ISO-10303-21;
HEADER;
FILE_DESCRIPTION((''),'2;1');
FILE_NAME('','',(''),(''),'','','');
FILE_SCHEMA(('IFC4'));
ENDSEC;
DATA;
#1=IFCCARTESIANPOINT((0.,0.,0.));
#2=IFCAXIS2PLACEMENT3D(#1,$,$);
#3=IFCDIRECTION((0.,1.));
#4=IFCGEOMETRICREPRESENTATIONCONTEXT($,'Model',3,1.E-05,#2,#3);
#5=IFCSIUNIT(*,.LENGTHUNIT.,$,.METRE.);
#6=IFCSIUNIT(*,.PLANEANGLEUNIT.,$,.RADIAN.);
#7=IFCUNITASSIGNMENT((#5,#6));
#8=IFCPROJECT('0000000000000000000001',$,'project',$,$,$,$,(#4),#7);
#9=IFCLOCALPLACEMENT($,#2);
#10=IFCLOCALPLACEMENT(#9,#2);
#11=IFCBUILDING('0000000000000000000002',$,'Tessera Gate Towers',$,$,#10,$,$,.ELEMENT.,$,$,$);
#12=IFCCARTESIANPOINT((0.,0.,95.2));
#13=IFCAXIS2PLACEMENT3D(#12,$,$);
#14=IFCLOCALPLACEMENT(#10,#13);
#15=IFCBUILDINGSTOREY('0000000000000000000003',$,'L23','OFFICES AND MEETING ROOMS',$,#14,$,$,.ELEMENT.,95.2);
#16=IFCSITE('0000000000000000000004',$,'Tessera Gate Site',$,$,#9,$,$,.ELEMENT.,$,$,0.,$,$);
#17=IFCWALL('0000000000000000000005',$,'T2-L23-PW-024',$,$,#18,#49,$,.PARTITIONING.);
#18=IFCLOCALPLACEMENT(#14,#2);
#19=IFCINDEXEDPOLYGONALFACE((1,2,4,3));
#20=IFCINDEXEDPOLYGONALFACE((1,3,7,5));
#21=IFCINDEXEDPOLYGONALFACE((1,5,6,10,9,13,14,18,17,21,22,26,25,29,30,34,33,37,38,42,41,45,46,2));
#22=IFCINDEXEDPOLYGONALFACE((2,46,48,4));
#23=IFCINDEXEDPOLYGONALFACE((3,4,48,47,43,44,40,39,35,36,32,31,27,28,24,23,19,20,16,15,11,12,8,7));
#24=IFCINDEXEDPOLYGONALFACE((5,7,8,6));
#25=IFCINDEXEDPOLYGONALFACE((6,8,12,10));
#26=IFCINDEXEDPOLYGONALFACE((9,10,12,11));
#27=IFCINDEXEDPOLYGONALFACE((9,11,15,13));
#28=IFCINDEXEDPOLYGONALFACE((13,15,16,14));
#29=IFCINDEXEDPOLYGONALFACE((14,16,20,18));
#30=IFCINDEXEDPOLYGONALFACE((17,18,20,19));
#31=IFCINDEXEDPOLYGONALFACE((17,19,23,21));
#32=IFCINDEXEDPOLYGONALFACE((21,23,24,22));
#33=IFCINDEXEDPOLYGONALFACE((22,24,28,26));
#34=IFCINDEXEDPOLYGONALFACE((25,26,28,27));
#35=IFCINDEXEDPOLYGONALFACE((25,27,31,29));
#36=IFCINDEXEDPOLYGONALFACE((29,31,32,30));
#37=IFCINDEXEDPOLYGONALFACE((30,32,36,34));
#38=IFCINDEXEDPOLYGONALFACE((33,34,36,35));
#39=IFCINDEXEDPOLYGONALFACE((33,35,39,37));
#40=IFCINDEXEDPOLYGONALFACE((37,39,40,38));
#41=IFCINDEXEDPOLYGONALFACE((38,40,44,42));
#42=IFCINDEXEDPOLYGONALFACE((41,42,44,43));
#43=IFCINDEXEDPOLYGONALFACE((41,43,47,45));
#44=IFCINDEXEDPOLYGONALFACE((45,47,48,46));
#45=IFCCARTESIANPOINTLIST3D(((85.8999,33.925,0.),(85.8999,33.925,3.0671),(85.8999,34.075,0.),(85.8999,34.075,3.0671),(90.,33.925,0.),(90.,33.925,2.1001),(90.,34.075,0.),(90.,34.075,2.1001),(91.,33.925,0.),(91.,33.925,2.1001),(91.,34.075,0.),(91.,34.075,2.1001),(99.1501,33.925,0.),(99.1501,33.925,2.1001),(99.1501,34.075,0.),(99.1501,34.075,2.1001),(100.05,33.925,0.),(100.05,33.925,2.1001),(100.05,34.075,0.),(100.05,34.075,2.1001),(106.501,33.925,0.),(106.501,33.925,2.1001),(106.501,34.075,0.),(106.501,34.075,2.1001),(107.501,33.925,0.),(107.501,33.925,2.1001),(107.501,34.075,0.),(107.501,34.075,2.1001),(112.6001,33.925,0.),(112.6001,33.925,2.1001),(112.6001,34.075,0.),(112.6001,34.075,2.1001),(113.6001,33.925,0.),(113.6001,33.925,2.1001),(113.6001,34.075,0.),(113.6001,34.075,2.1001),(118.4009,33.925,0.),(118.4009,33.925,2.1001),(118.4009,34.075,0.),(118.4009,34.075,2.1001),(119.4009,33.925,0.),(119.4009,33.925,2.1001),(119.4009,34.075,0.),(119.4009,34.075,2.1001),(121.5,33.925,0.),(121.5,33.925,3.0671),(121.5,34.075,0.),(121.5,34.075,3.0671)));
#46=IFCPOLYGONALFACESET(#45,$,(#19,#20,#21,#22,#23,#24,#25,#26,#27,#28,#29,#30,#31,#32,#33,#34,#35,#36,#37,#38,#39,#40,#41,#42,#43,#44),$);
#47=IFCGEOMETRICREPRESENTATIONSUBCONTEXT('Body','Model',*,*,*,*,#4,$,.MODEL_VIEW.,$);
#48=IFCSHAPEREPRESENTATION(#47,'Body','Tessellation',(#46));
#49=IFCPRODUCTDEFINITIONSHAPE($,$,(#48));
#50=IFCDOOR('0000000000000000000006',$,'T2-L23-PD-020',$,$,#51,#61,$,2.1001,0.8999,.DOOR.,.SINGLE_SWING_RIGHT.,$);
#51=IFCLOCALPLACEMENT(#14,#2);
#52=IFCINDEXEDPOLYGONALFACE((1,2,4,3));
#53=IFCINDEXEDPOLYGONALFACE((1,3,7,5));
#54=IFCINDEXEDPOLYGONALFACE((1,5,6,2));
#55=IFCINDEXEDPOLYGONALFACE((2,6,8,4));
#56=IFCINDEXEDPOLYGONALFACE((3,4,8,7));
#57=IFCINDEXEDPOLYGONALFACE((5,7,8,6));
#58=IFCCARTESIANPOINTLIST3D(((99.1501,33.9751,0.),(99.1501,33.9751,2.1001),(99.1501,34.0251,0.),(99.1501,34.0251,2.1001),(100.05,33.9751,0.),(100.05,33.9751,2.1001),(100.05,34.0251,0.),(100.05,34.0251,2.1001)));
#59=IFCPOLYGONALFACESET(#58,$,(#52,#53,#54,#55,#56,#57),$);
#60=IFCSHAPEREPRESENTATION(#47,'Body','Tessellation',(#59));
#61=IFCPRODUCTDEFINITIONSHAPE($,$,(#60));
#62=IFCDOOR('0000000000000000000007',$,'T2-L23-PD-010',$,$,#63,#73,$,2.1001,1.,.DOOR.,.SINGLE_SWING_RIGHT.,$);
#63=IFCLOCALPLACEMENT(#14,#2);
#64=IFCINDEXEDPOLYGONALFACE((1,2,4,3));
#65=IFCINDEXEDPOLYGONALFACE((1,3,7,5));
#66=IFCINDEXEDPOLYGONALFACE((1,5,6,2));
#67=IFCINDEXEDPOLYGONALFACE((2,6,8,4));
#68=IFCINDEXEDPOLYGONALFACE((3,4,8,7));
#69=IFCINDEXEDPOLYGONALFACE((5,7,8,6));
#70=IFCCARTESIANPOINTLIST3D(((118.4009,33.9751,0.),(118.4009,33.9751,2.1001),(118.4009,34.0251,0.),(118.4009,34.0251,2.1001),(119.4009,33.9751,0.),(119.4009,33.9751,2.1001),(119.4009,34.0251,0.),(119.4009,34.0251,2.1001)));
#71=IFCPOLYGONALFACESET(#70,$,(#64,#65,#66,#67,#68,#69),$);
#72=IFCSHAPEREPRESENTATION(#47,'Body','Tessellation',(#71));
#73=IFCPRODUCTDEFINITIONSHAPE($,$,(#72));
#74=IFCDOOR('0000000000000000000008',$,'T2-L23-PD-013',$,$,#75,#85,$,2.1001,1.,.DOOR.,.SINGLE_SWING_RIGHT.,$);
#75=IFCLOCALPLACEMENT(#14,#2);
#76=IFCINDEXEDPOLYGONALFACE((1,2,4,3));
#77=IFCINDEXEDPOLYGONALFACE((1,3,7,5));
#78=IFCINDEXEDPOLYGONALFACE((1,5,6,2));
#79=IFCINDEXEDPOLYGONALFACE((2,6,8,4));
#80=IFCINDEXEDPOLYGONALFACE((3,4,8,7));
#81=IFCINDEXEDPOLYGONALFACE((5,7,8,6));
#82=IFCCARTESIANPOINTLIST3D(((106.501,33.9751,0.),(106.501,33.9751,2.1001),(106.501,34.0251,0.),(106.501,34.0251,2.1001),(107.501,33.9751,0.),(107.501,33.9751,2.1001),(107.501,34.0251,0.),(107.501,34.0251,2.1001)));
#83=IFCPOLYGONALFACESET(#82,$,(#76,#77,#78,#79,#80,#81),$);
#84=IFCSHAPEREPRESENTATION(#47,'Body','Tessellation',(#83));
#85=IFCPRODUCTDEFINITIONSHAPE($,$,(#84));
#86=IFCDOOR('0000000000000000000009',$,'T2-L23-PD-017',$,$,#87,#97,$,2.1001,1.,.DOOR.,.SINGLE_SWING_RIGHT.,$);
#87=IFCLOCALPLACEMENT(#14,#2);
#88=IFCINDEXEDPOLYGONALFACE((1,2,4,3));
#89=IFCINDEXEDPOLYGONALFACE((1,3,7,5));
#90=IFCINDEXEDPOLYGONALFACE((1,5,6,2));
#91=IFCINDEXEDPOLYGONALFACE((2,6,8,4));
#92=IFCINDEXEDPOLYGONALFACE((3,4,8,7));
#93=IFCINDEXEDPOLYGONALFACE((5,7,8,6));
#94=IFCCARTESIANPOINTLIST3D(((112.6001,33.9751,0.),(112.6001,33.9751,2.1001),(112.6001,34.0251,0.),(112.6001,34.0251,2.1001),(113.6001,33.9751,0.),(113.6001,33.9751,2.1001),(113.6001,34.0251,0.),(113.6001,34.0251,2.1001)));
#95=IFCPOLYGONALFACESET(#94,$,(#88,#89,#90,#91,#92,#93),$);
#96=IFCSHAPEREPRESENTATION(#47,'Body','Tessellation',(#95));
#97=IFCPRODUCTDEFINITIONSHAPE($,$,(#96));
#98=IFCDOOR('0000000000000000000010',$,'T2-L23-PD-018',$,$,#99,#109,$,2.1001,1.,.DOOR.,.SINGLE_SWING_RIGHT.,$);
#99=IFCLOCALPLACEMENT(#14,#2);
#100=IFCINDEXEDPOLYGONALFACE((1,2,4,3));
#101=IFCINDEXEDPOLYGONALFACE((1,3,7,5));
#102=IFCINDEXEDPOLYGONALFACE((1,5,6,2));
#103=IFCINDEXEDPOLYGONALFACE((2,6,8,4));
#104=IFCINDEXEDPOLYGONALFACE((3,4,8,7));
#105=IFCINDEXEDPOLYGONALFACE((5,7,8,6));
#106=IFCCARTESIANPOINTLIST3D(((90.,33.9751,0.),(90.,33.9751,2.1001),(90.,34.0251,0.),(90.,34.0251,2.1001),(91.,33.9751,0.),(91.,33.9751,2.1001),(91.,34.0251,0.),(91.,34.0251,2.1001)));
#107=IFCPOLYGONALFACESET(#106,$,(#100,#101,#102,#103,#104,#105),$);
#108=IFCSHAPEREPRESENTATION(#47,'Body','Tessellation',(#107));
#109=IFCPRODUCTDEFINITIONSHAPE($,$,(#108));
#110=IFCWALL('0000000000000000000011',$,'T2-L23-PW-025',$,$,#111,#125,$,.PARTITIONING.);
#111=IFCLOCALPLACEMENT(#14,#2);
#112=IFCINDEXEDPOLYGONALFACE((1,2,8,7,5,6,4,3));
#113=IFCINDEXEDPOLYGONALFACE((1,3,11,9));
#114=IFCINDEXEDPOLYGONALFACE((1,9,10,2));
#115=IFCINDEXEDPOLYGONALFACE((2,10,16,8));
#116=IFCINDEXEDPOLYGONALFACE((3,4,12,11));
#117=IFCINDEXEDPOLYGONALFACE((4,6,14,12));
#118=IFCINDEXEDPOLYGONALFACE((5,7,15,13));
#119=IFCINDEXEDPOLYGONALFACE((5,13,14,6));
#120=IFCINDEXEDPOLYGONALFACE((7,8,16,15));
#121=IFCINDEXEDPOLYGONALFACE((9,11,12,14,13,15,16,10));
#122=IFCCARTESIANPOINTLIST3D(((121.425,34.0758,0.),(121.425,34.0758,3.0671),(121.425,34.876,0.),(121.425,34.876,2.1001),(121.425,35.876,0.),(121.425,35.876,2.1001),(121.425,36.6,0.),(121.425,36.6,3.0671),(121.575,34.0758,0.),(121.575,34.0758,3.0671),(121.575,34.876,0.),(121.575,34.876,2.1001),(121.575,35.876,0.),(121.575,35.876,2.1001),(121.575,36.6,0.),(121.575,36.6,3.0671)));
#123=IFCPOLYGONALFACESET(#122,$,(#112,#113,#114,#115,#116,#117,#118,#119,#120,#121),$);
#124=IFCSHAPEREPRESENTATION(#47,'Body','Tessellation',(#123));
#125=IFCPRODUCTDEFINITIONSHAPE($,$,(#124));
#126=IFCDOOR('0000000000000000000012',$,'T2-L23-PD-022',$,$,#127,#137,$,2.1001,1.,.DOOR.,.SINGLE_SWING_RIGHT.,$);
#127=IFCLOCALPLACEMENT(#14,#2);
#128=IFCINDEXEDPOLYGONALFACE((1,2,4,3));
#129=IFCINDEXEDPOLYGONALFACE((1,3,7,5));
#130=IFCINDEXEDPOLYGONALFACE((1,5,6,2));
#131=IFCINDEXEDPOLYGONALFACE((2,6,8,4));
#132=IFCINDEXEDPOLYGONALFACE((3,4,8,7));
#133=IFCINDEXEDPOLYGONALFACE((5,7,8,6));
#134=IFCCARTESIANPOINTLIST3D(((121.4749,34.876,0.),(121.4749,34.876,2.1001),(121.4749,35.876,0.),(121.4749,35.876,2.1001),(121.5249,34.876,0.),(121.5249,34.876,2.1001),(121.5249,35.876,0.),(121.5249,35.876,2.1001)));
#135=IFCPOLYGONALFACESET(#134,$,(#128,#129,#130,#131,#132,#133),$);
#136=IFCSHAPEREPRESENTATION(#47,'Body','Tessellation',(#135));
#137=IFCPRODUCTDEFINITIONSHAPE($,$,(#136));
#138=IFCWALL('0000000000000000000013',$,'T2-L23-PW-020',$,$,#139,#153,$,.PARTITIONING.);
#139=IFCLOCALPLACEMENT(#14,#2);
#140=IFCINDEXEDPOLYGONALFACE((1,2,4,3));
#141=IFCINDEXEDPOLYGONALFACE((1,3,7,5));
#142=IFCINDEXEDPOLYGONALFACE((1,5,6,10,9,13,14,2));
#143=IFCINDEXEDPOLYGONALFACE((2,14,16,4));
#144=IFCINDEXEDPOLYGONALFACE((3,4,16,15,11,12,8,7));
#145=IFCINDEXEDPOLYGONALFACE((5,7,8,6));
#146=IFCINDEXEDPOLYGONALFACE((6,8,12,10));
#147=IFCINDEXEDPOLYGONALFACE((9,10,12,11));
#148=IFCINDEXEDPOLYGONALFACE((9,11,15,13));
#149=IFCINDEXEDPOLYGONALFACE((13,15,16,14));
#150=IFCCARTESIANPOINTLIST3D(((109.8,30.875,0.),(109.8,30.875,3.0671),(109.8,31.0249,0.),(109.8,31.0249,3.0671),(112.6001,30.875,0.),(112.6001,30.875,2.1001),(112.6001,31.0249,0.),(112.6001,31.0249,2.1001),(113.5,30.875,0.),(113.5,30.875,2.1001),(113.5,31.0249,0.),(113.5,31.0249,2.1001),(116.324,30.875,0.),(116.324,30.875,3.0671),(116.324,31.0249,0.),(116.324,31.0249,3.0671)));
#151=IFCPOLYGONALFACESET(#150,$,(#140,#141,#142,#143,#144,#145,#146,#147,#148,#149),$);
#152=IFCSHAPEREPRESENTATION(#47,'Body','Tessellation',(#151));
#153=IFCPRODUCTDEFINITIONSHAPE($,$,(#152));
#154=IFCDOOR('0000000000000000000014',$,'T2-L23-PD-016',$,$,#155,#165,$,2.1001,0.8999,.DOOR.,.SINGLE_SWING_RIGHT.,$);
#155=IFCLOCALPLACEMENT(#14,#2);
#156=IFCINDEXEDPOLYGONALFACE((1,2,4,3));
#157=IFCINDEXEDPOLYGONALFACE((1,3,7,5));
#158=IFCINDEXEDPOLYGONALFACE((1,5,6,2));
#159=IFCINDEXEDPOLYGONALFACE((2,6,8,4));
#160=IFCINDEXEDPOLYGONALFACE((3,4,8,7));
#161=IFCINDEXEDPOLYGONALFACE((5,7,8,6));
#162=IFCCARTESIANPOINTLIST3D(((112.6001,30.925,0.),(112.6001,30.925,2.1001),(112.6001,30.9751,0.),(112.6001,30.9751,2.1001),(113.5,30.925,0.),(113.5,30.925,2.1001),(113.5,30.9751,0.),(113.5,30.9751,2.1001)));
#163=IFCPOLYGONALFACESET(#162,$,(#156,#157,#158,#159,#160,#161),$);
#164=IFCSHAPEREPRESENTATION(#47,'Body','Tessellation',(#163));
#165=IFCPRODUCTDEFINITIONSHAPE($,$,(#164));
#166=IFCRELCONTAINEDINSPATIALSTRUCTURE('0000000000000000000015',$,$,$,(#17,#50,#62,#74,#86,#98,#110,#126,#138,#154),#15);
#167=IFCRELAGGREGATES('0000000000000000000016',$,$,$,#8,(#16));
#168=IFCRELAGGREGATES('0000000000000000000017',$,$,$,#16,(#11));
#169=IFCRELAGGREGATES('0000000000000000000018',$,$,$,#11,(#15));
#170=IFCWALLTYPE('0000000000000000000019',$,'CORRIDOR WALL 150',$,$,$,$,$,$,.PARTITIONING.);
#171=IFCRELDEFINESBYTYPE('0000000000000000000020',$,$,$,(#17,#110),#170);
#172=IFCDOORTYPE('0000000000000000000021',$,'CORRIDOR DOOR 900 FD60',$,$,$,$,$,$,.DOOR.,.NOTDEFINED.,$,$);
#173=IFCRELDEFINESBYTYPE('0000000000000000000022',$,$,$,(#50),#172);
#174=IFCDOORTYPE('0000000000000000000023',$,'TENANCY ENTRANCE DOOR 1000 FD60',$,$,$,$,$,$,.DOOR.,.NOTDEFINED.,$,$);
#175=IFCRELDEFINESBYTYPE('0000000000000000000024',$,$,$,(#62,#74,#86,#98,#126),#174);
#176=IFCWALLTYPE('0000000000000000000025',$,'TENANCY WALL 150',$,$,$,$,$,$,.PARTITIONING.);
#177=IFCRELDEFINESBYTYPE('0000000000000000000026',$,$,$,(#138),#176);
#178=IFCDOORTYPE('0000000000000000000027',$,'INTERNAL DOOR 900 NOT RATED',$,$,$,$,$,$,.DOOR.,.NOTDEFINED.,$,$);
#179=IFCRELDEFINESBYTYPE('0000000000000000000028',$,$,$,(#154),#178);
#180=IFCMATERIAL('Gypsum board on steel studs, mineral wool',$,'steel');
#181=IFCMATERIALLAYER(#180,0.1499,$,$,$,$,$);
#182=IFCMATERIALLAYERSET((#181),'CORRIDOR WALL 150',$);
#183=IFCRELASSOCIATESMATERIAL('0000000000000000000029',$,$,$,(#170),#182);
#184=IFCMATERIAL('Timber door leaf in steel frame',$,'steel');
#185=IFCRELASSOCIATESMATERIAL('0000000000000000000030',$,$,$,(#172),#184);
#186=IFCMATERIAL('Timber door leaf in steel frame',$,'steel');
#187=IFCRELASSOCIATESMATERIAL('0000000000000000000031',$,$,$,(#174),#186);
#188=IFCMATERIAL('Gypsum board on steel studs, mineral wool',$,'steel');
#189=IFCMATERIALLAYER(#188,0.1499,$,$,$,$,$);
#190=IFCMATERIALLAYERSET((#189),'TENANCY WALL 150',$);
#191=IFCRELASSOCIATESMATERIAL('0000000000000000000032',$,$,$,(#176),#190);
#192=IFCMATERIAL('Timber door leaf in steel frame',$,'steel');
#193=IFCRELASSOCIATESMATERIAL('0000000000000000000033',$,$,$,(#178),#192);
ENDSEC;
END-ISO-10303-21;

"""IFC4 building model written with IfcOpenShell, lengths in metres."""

from ifc_helpers import new_model, si_unit, direction, frame, frame_2d, origin, place, context, subcontext, project, spatial, rectangle, extrude, source, transform, mapped, material, layer, layer_set, type_object, element, fill, save


model = new_model("IFC4")

# Units and contexts
model_context = context("Model", 3, precision=1e-05, world=origin(), true_north=direction((0.0, 1.0)))
body_context = subcontext(model_context, "Body", "Model", "MODEL_VIEW")
ifc_project = project(units=[si_unit("LENGTHUNIT", "METRE"), si_unit("PLANEANGLEUNIT", "RADIAN")], contexts=[model_context])

# Site, building, storey
site_placement = place(None, origin())
site = spatial("IfcSite", under=ifc_project, at=site_placement, Name="Tessera Gate Site", CompositionType="ELEMENT", RefElevation=0.0)
building_placement = place(site_placement, origin())
building = spatial("IfcBuilding", under=site, at=building_placement, Name="Tessera Gate Towers", CompositionType="ELEMENT")
storey_placement = place(building_placement, frame((0.0, 0.0, 95.2)))
storey = spatial("IfcBuildingStorey", under=building, at=storey_placement, Name="L23", Description="OFFICES AND MEETING ROOMS", CompositionType="ELEMENT", Elevation=95.2)

# Wall, openings, doors
ifc_material_1 = material(Name="Gypsum board on steel studs, mineral wool", Category="steel")
ifc_layer_1 = layer(ifc_material_1, 0.1499)
ifc_layer_set_1 = layer_set([ifc_layer_1], Name="CORRIDOR WALL 150")
wall_type_1 = type_object("IfcWallType", Name="CORRIDOR WALL 150", PredefinedType="PARTITIONING", material=ifc_layer_set_1)
wall_1_placement = place(storey_placement, frame((121.5, 34.0, 0.0), z_axis=(0.0, 0.0, 1.0), x_axis=(-1.0, 0.0, 0.0)))
wall_1 = element("IfcWall", 1, at=wall_1_placement, inside=storey, type_object=wall_type_1, Name="T2-L23-PW-024", PredefinedType="PARTITIONING", context=body_context, shape_type="SweptSolid", body=[
    extrude(rectangle(XDim=35.6001, YDim=0.1499, at=frame_2d((17.8, 0.0))), origin(), (0.0, 0.0, 1.0), 3.0671),
])
shared_shape_1 = source(origin(), body_context, "Body", "SweptSolid", [
    extrude(rectangle(XDim=1.0, YDim=2.1001, at=frame_2d((0.5, 1.05))), frame((0.0, 0.085, 0.0), z_axis=(0.0, -1.0, 0.0), x_axis=(1.0, 0.0, 0.0)), (0.0, 0.0, 1.0), 0.1699),
])
opening_1_placement = place(wall_1_placement, frame((2.0991, 0.0, 0.0)))
opening_1 = element("IfcOpeningElement", 2, at=opening_1_placement, cuts=wall_1, PredefinedType="OPENING", context=body_context, shape_type="MappedRepresentation", body=[
    mapped(shared_shape_1, transform((0.0, 0.0, 0.0), scale=1.0)),
])
opening_2_placement = place(wall_1_placement, frame((13.999, 0.0, 0.0)))
opening_2 = element("IfcOpeningElement", 3, at=opening_2_placement, cuts=wall_1, PredefinedType="OPENING", context=body_context, shape_type="MappedRepresentation", body=[
    mapped(shared_shape_1, transform((0.0, 0.0, 0.0), scale=1.0)),
])
opening_3_placement = place(wall_1_placement, frame((7.8999, 0.0, 0.0)))
opening_3 = element("IfcOpeningElement", 4, at=opening_3_placement, cuts=wall_1, PredefinedType="OPENING", context=body_context, shape_type="MappedRepresentation", body=[
    mapped(shared_shape_1, transform((0.0, 0.0, 0.0), scale=1.0)),
])
opening_4_placement = place(wall_1_placement, frame((30.5, 0.0, 0.0)))
opening_4 = element("IfcOpeningElement", 5, at=opening_4_placement, cuts=wall_1, PredefinedType="OPENING", context=body_context, shape_type="MappedRepresentation", body=[
    mapped(shared_shape_1, transform((0.0, 0.0, 0.0), scale=1.0)),
])
shared_shape_2 = source(origin(), body_context, "Body", "SweptSolid", [
    extrude(rectangle(XDim=0.8999, YDim=2.1001, at=frame_2d((0.45, 1.05))), frame((0.0, 0.085, 0.0), z_axis=(0.0, -1.0, 0.0), x_axis=(1.0, 0.0, 0.0)), (0.0, 0.0, 1.0), 0.1699),
])
opening_5_placement = place(wall_1_placement, frame((21.45, 0.0, 0.0)))
opening_5 = element("IfcOpeningElement", 6, at=opening_5_placement, cuts=wall_1, PredefinedType="OPENING", context=body_context, shape_type="MappedRepresentation", body=[
    mapped(shared_shape_2, transform((0.0, 0.0, 0.0), scale=1.0)),
])
ifc_material_2 = material(Name="Timber door leaf in steel frame", Category="steel")
door_type_1 = type_object("IfcDoorType", Name="CORRIDOR DOOR 900 FD60", OperationType="NOTDEFINED", PredefinedType="DOOR", material=ifc_material_2)
shared_shape_3 = source(origin(), body_context, "Body", "SweptSolid", [
    extrude(rectangle(XDim=0.8999, YDim=2.1001, at=frame_2d((0.45, 1.05))), frame((0.0, 0.0249, 0.0), z_axis=(0.0, -1.0, 0.0), x_axis=(1.0, 0.0, 0.0)), (0.0, 0.0, 1.0), 0.05),
])
door_1_placement = place(opening_5_placement, origin())
door_1 = element("IfcDoor", 7, at=door_1_placement, inside=storey, type_object=door_type_1, Name="T2-L23-PD-020", OperationType="SINGLE_SWING_RIGHT", OverallHeight=2.1001, OverallWidth=0.8999, PredefinedType="DOOR", context=body_context, shape_type="MappedRepresentation", body=[
    mapped(shared_shape_3, transform((0.0, 0.0, 0.0), scale=1.0)),
])
fill(opening_5, door_1)
ifc_material_3 = material(Name="Timber door leaf in steel frame", Category="steel")
door_type_2 = type_object("IfcDoorType", Name="TENANCY ENTRANCE DOOR 1000 FD60", OperationType="NOTDEFINED", PredefinedType="DOOR", material=ifc_material_3)
shared_shape_4 = source(origin(), body_context, "Body", "SweptSolid", [
    extrude(rectangle(XDim=1.0, YDim=2.1001, at=frame_2d((0.5, 1.05))), frame((0.0, 0.0249, 0.0), z_axis=(0.0, -1.0, 0.0), x_axis=(1.0, 0.0, 0.0)), (0.0, 0.0, 1.0), 0.05),
])
door_2_placement = place(opening_1_placement, origin())
door_2 = element("IfcDoor", 8, at=door_2_placement, inside=storey, type_object=door_type_2, Name="T2-L23-PD-010", OperationType="SINGLE_SWING_RIGHT", OverallHeight=2.1001, OverallWidth=1.0, PredefinedType="DOOR", context=body_context, shape_type="MappedRepresentation", body=[
    mapped(shared_shape_4, transform((0.0, 0.0, 0.0), scale=1.0)),
])
fill(opening_1, door_2)
door_3_placement = place(opening_2_placement, origin())
door_3 = element("IfcDoor", 9, at=door_3_placement, inside=storey, type_object=door_type_2, Name="T2-L23-PD-013", OperationType="SINGLE_SWING_RIGHT", OverallHeight=2.1001, OverallWidth=1.0, PredefinedType="DOOR", context=body_context, shape_type="MappedRepresentation", body=[
    mapped(shared_shape_4, transform((0.0, 0.0, 0.0), scale=1.0)),
])
fill(opening_2, door_3)
door_4_placement = place(opening_3_placement, origin())
door_4 = element("IfcDoor", 10, at=door_4_placement, inside=storey, type_object=door_type_2, Name="T2-L23-PD-017", OperationType="SINGLE_SWING_RIGHT", OverallHeight=2.1001, OverallWidth=1.0, PredefinedType="DOOR", context=body_context, shape_type="MappedRepresentation", body=[
    mapped(shared_shape_4, transform((0.0, 0.0, 0.0), scale=1.0)),
])
fill(opening_3, door_4)
door_5_placement = place(opening_4_placement, origin())
door_5 = element("IfcDoor", 11, at=door_5_placement, inside=storey, type_object=door_type_2, Name="T2-L23-PD-018", OperationType="SINGLE_SWING_RIGHT", OverallHeight=2.1001, OverallWidth=1.0, PredefinedType="DOOR", context=body_context, shape_type="MappedRepresentation", body=[
    mapped(shared_shape_4, transform((0.0, 0.0, 0.0), scale=1.0)),
])
fill(opening_4, door_5)

# Walls, openings, doors
wall_2_placement = place(storey_placement, frame((121.5, 36.6001, 0.0), z_axis=(0.0, 0.0, 1.0), x_axis=(0.0, -1.0, 0.0)))
wall_2 = element("IfcWall", 12, at=wall_2_placement, inside=storey, type_object=wall_type_1, Name="T2-L23-PW-025", PredefinedType="PARTITIONING", context=body_context, shape_type="SweptSolid", body=[
    extrude(rectangle(XDim=2.5242, YDim=0.1499, at=frame_2d((1.2622, 0.0))), origin(), (0.0, 0.0, 1.0), 3.0671),
])
opening_6_placement = place(wall_2_placement, frame((0.7241, 0.0, 0.0)))
opening_6 = element("IfcOpeningElement", 13, at=opening_6_placement, cuts=wall_2, PredefinedType="OPENING", context=body_context, shape_type="MappedRepresentation", body=[
    mapped(shared_shape_1, transform((0.0, 0.0, 0.0), scale=1.0)),
])
door_6_placement = place(opening_6_placement, origin())
door_6 = element("IfcDoor", 14, at=door_6_placement, inside=storey, type_object=door_type_2, Name="T2-L23-PD-022", OperationType="SINGLE_SWING_RIGHT", OverallHeight=2.1001, OverallWidth=1.0, PredefinedType="DOOR", context=body_context, shape_type="MappedRepresentation", body=[
    mapped(shared_shape_4, transform((0.0, 0.0, 0.0), scale=1.0)),
])
fill(opening_6, door_6)
ifc_material_4 = material(Name="Gypsum board on steel studs, mineral wool", Category="steel")
ifc_layer_2 = layer(ifc_material_4, 0.1499)
ifc_layer_set_2 = layer_set([ifc_layer_2], Name="TENANCY WALL 150")
wall_type_2 = type_object("IfcWallType", Name="TENANCY WALL 150", PredefinedType="PARTITIONING", material=ifc_layer_set_2)
wall_3_placement = place(storey_placement, frame((116.324, 30.95, 0.0), z_axis=(0.0, 0.0, 1.0), x_axis=(-1.0, 0.0, 0.0)))
wall_3 = element("IfcWall", 15, at=wall_3_placement, inside=storey, type_object=wall_type_2, Name="T2-L23-PW-020", PredefinedType="PARTITIONING", context=body_context, shape_type="SweptSolid", body=[
    extrude(rectangle(XDim=6.5239, YDim=0.1499, at=frame_2d((3.262, 0.0))), origin(), (0.0, 0.0, 1.0), 3.0671),
])
opening_7_placement = place(wall_3_placement, frame((2.824, 0.0, 0.0)))
opening_7 = element("IfcOpeningElement", 16, at=opening_7_placement, cuts=wall_3, PredefinedType="OPENING", context=body_context, shape_type="MappedRepresentation", body=[
    mapped(shared_shape_2, transform((0.0, 0.0, 0.0), scale=1.0)),
])
ifc_material_5 = material(Name="Timber door leaf in steel frame", Category="steel")
door_type_3 = type_object("IfcDoorType", Name="INTERNAL DOOR 900 NOT RATED", OperationType="NOTDEFINED", PredefinedType="DOOR", material=ifc_material_5)
door_7_placement = place(opening_7_placement, origin())
door_7 = element("IfcDoor", 17, at=door_7_placement, inside=storey, type_object=door_type_3, Name="T2-L23-PD-016", OperationType="SINGLE_SWING_RIGHT", OverallHeight=2.1001, OverallWidth=0.8999, PredefinedType="DOOR", context=body_context, shape_type="MappedRepresentation", body=[
    mapped(shared_shape_3, transform((0.0, 0.0, 0.0), scale=1.0)),
])
fill(opening_7, door_7)

save(model, "model.ifc")
